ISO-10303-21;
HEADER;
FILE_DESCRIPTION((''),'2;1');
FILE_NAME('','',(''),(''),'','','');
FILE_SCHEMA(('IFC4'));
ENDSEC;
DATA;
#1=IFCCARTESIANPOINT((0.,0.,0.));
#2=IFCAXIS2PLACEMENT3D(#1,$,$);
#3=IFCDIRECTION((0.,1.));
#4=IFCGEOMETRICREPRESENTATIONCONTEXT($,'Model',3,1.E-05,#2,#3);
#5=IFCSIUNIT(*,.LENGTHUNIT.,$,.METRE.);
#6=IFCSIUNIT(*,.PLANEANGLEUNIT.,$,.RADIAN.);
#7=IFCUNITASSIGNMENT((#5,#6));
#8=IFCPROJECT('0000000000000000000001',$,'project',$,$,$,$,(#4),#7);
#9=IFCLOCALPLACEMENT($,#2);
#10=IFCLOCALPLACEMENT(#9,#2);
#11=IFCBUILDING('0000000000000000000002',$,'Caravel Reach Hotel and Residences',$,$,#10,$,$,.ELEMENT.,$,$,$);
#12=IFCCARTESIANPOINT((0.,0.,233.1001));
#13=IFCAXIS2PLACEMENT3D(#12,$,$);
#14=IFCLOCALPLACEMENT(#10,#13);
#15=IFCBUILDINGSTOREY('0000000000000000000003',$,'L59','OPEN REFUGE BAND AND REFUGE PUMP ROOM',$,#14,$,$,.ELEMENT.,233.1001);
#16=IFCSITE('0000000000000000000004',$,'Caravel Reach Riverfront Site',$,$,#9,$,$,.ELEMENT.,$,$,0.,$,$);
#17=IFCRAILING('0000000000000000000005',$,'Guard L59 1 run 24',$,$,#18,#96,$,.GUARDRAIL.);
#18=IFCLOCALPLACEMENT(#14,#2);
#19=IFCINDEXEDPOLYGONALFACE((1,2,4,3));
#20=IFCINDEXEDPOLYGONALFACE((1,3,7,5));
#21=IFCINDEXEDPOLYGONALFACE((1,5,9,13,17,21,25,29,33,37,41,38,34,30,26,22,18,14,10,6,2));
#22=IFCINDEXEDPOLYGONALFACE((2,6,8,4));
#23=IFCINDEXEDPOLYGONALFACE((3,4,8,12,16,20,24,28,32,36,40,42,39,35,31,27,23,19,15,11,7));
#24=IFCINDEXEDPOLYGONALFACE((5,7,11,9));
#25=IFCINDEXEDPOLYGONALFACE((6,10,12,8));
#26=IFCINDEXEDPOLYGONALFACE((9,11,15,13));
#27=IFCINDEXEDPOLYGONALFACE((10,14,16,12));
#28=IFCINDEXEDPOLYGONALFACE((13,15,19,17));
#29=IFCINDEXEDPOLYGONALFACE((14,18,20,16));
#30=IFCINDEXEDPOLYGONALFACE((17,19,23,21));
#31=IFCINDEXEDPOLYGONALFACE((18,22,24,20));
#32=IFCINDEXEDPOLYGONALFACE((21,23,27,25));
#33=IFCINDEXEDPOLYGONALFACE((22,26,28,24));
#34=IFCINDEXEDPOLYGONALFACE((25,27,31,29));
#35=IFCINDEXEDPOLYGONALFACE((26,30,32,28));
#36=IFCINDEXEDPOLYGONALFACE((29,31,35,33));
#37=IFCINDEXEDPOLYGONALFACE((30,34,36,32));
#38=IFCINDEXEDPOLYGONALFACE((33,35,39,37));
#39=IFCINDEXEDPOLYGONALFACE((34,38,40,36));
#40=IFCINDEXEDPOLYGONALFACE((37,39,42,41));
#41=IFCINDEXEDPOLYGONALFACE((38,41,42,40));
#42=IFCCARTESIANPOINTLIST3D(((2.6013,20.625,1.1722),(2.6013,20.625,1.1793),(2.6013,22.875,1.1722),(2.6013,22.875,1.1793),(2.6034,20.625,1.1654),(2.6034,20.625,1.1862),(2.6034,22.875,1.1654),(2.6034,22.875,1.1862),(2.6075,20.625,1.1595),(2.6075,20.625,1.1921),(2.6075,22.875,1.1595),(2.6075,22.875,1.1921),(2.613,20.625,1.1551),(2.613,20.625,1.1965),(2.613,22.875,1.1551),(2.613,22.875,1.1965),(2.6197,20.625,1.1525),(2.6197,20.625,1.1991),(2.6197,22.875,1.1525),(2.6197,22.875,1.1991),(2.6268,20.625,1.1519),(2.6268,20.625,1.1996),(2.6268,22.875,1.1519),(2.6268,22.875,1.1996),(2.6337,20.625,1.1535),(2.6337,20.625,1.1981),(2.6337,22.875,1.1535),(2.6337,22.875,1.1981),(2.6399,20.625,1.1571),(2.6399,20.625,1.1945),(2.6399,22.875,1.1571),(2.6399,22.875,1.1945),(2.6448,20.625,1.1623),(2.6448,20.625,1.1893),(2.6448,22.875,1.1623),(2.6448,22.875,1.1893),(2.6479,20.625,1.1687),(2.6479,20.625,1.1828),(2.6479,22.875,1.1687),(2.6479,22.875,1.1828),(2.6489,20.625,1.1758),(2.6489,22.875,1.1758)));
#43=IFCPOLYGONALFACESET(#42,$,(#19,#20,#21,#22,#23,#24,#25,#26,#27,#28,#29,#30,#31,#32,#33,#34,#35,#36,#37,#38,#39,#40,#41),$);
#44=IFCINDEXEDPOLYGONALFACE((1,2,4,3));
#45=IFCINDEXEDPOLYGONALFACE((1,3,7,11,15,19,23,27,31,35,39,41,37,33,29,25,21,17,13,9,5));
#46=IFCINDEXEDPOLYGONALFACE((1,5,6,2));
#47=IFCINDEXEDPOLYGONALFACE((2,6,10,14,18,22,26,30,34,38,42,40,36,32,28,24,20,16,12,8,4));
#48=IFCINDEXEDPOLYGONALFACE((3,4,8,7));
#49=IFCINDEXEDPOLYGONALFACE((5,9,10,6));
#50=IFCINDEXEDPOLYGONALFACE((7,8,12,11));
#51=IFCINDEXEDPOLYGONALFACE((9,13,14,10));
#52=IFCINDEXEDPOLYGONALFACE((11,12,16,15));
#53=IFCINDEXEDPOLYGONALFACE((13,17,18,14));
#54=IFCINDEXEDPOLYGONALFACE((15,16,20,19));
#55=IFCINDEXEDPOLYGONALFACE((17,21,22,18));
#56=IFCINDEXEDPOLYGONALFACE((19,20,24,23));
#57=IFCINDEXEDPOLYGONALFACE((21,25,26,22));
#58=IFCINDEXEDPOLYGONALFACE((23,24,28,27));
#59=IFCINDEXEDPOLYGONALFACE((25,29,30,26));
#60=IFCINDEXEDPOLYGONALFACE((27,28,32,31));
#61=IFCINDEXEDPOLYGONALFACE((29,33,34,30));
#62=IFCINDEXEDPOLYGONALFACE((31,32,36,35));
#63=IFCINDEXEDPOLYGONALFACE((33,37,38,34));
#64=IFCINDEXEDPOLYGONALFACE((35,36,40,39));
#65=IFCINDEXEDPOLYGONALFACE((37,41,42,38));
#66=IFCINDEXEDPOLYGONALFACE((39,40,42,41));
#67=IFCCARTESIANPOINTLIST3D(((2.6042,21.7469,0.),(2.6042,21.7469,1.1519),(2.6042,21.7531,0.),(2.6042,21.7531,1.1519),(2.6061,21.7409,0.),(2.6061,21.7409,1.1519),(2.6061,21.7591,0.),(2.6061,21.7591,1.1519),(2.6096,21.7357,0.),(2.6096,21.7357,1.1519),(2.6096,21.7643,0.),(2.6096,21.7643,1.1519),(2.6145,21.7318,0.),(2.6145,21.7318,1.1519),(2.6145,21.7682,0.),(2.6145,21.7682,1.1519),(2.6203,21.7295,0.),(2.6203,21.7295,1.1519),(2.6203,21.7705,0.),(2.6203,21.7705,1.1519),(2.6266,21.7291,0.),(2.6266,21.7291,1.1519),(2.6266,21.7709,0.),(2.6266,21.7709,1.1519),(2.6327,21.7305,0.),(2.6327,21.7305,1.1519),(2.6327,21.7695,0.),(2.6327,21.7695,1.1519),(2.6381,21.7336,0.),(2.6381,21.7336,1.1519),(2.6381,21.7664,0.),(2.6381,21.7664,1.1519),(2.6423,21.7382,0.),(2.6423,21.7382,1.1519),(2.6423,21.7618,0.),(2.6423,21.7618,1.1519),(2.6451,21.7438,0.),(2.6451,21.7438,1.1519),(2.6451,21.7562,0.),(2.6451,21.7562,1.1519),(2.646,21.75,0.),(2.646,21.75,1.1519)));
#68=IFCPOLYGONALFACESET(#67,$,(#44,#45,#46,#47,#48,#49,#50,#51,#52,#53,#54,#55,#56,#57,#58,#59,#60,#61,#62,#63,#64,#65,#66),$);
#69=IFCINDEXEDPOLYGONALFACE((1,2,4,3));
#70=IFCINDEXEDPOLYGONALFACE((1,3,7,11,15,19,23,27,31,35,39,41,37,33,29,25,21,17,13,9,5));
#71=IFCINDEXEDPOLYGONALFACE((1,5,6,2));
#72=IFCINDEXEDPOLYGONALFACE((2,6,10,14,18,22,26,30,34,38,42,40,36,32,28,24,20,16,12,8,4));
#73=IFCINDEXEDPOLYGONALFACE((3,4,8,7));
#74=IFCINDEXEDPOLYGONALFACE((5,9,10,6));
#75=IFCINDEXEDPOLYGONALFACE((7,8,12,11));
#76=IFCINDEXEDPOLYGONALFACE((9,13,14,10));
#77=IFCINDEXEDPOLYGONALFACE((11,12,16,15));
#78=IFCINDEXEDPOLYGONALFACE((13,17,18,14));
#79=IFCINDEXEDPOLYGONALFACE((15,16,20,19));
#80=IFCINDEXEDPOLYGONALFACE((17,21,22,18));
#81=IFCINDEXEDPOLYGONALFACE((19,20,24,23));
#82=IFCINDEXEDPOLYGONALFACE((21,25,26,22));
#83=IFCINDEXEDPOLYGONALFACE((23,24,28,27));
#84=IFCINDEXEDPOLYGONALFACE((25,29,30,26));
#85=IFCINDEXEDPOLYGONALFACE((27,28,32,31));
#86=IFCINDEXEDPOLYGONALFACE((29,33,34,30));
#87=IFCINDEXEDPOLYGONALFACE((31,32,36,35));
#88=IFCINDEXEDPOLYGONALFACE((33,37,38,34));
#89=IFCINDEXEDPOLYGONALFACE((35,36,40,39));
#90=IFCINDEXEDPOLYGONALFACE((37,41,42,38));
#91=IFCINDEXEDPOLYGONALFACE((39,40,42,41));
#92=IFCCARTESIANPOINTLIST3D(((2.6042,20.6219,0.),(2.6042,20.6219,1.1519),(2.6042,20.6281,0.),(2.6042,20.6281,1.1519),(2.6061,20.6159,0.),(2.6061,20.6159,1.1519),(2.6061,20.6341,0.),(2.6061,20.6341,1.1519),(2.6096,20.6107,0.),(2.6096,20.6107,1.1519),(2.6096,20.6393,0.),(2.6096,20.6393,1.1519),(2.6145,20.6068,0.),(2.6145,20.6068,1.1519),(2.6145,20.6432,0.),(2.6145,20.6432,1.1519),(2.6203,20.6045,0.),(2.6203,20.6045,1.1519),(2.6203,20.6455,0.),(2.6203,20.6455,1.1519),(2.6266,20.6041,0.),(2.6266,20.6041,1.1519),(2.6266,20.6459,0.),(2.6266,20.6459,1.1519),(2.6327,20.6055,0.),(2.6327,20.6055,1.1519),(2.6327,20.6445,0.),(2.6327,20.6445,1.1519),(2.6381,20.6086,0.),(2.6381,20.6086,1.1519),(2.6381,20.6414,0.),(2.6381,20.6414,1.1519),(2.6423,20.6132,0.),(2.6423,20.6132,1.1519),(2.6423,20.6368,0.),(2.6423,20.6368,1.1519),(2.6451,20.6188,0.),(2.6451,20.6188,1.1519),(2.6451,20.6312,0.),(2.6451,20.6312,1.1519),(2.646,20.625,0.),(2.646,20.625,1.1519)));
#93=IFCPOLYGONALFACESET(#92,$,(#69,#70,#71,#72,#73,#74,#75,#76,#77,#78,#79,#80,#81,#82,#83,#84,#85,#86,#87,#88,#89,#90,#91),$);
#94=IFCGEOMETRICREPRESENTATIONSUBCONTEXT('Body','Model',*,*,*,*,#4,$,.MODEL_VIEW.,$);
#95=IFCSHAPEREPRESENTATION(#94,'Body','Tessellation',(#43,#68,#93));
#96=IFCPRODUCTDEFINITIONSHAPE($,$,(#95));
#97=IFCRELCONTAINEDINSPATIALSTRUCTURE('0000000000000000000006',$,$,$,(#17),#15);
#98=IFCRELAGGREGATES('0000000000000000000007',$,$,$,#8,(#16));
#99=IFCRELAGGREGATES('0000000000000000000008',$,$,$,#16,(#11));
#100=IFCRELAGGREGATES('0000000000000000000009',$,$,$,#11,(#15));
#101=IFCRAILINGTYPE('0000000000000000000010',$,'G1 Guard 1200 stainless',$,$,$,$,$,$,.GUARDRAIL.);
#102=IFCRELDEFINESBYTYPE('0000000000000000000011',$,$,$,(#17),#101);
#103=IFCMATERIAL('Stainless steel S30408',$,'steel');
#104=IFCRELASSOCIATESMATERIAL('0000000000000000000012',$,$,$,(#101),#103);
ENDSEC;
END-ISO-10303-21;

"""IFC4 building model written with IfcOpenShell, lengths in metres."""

from ifc_helpers import new_model, si_unit, direction, frame, origin, origin_2d, place, context, subcontext, project, spatial, circle, extrude, material, type_object, element, save


model = new_model("IFC4")

# Units and contexts
model_context = context("Model", 3, precision=1e-05, world=origin(), true_north=direction((0.0, 1.0)))
body_context = subcontext(model_context, "Body", "Model", "MODEL_VIEW")
ifc_project = project(units=[si_unit("LENGTHUNIT", "METRE"), si_unit("PLANEANGLEUNIT", "RADIAN")], contexts=[model_context])

# Site, building, storey
site_placement = place(None, origin())
site = spatial("IfcSite", under=ifc_project, at=site_placement, Name="Caravel Reach Riverfront Site", CompositionType="ELEMENT", RefElevation=0.0)
building_placement = place(site_placement, origin())
building = spatial("IfcBuilding", under=site, at=building_placement, Name="Caravel Reach Hotel and Residences", CompositionType="ELEMENT")
storey_placement = place(building_placement, frame((0.0, 0.0, 233.1001)))
storey = spatial("IfcBuildingStorey", under=building, at=storey_placement, Name="L59", Description="OPEN REFUGE BAND AND REFUGE PUMP ROOM", CompositionType="ELEMENT", Elevation=233.1001)

# Railing
ifc_material_1 = material(Name="Stainless steel S30408", Category="steel")
railing_type = type_object("IfcRailingType", Name="G1 Guard 1200 stainless", PredefinedType="GUARDRAIL", material=ifc_material_1)
railing_1_placement = place(storey_placement, frame((2.625, 22.875, 0.0)))
element("IfcRailing", 1, at=railing_1_placement, inside=storey, type_object=railing_type, Name="Guard L59 1 run 24", PredefinedType="GUARDRAIL", context=body_context, shape_type="SweptSolid", body=[
    extrude(circle(Radius=0.0239, at=origin_2d()), frame((0.0, 0.0, 1.1758), z_axis=(0.0, -1.0, 0.0), x_axis=(1.0, 0.0, 0.0)), (0.0, 0.0, 1.0), 2.25),
    extrude(circle(Radius=0.021, at=origin_2d()), frame((0.0, -1.125, 0.0)), (0.0, 0.0, 1.0), 1.1519),
    extrude(circle(Radius=0.021, at=origin_2d()), frame((0.0, -2.25, 0.0)), (0.0, 0.0, 1.0), 1.1519),
])

save(model, "model.ifc")
